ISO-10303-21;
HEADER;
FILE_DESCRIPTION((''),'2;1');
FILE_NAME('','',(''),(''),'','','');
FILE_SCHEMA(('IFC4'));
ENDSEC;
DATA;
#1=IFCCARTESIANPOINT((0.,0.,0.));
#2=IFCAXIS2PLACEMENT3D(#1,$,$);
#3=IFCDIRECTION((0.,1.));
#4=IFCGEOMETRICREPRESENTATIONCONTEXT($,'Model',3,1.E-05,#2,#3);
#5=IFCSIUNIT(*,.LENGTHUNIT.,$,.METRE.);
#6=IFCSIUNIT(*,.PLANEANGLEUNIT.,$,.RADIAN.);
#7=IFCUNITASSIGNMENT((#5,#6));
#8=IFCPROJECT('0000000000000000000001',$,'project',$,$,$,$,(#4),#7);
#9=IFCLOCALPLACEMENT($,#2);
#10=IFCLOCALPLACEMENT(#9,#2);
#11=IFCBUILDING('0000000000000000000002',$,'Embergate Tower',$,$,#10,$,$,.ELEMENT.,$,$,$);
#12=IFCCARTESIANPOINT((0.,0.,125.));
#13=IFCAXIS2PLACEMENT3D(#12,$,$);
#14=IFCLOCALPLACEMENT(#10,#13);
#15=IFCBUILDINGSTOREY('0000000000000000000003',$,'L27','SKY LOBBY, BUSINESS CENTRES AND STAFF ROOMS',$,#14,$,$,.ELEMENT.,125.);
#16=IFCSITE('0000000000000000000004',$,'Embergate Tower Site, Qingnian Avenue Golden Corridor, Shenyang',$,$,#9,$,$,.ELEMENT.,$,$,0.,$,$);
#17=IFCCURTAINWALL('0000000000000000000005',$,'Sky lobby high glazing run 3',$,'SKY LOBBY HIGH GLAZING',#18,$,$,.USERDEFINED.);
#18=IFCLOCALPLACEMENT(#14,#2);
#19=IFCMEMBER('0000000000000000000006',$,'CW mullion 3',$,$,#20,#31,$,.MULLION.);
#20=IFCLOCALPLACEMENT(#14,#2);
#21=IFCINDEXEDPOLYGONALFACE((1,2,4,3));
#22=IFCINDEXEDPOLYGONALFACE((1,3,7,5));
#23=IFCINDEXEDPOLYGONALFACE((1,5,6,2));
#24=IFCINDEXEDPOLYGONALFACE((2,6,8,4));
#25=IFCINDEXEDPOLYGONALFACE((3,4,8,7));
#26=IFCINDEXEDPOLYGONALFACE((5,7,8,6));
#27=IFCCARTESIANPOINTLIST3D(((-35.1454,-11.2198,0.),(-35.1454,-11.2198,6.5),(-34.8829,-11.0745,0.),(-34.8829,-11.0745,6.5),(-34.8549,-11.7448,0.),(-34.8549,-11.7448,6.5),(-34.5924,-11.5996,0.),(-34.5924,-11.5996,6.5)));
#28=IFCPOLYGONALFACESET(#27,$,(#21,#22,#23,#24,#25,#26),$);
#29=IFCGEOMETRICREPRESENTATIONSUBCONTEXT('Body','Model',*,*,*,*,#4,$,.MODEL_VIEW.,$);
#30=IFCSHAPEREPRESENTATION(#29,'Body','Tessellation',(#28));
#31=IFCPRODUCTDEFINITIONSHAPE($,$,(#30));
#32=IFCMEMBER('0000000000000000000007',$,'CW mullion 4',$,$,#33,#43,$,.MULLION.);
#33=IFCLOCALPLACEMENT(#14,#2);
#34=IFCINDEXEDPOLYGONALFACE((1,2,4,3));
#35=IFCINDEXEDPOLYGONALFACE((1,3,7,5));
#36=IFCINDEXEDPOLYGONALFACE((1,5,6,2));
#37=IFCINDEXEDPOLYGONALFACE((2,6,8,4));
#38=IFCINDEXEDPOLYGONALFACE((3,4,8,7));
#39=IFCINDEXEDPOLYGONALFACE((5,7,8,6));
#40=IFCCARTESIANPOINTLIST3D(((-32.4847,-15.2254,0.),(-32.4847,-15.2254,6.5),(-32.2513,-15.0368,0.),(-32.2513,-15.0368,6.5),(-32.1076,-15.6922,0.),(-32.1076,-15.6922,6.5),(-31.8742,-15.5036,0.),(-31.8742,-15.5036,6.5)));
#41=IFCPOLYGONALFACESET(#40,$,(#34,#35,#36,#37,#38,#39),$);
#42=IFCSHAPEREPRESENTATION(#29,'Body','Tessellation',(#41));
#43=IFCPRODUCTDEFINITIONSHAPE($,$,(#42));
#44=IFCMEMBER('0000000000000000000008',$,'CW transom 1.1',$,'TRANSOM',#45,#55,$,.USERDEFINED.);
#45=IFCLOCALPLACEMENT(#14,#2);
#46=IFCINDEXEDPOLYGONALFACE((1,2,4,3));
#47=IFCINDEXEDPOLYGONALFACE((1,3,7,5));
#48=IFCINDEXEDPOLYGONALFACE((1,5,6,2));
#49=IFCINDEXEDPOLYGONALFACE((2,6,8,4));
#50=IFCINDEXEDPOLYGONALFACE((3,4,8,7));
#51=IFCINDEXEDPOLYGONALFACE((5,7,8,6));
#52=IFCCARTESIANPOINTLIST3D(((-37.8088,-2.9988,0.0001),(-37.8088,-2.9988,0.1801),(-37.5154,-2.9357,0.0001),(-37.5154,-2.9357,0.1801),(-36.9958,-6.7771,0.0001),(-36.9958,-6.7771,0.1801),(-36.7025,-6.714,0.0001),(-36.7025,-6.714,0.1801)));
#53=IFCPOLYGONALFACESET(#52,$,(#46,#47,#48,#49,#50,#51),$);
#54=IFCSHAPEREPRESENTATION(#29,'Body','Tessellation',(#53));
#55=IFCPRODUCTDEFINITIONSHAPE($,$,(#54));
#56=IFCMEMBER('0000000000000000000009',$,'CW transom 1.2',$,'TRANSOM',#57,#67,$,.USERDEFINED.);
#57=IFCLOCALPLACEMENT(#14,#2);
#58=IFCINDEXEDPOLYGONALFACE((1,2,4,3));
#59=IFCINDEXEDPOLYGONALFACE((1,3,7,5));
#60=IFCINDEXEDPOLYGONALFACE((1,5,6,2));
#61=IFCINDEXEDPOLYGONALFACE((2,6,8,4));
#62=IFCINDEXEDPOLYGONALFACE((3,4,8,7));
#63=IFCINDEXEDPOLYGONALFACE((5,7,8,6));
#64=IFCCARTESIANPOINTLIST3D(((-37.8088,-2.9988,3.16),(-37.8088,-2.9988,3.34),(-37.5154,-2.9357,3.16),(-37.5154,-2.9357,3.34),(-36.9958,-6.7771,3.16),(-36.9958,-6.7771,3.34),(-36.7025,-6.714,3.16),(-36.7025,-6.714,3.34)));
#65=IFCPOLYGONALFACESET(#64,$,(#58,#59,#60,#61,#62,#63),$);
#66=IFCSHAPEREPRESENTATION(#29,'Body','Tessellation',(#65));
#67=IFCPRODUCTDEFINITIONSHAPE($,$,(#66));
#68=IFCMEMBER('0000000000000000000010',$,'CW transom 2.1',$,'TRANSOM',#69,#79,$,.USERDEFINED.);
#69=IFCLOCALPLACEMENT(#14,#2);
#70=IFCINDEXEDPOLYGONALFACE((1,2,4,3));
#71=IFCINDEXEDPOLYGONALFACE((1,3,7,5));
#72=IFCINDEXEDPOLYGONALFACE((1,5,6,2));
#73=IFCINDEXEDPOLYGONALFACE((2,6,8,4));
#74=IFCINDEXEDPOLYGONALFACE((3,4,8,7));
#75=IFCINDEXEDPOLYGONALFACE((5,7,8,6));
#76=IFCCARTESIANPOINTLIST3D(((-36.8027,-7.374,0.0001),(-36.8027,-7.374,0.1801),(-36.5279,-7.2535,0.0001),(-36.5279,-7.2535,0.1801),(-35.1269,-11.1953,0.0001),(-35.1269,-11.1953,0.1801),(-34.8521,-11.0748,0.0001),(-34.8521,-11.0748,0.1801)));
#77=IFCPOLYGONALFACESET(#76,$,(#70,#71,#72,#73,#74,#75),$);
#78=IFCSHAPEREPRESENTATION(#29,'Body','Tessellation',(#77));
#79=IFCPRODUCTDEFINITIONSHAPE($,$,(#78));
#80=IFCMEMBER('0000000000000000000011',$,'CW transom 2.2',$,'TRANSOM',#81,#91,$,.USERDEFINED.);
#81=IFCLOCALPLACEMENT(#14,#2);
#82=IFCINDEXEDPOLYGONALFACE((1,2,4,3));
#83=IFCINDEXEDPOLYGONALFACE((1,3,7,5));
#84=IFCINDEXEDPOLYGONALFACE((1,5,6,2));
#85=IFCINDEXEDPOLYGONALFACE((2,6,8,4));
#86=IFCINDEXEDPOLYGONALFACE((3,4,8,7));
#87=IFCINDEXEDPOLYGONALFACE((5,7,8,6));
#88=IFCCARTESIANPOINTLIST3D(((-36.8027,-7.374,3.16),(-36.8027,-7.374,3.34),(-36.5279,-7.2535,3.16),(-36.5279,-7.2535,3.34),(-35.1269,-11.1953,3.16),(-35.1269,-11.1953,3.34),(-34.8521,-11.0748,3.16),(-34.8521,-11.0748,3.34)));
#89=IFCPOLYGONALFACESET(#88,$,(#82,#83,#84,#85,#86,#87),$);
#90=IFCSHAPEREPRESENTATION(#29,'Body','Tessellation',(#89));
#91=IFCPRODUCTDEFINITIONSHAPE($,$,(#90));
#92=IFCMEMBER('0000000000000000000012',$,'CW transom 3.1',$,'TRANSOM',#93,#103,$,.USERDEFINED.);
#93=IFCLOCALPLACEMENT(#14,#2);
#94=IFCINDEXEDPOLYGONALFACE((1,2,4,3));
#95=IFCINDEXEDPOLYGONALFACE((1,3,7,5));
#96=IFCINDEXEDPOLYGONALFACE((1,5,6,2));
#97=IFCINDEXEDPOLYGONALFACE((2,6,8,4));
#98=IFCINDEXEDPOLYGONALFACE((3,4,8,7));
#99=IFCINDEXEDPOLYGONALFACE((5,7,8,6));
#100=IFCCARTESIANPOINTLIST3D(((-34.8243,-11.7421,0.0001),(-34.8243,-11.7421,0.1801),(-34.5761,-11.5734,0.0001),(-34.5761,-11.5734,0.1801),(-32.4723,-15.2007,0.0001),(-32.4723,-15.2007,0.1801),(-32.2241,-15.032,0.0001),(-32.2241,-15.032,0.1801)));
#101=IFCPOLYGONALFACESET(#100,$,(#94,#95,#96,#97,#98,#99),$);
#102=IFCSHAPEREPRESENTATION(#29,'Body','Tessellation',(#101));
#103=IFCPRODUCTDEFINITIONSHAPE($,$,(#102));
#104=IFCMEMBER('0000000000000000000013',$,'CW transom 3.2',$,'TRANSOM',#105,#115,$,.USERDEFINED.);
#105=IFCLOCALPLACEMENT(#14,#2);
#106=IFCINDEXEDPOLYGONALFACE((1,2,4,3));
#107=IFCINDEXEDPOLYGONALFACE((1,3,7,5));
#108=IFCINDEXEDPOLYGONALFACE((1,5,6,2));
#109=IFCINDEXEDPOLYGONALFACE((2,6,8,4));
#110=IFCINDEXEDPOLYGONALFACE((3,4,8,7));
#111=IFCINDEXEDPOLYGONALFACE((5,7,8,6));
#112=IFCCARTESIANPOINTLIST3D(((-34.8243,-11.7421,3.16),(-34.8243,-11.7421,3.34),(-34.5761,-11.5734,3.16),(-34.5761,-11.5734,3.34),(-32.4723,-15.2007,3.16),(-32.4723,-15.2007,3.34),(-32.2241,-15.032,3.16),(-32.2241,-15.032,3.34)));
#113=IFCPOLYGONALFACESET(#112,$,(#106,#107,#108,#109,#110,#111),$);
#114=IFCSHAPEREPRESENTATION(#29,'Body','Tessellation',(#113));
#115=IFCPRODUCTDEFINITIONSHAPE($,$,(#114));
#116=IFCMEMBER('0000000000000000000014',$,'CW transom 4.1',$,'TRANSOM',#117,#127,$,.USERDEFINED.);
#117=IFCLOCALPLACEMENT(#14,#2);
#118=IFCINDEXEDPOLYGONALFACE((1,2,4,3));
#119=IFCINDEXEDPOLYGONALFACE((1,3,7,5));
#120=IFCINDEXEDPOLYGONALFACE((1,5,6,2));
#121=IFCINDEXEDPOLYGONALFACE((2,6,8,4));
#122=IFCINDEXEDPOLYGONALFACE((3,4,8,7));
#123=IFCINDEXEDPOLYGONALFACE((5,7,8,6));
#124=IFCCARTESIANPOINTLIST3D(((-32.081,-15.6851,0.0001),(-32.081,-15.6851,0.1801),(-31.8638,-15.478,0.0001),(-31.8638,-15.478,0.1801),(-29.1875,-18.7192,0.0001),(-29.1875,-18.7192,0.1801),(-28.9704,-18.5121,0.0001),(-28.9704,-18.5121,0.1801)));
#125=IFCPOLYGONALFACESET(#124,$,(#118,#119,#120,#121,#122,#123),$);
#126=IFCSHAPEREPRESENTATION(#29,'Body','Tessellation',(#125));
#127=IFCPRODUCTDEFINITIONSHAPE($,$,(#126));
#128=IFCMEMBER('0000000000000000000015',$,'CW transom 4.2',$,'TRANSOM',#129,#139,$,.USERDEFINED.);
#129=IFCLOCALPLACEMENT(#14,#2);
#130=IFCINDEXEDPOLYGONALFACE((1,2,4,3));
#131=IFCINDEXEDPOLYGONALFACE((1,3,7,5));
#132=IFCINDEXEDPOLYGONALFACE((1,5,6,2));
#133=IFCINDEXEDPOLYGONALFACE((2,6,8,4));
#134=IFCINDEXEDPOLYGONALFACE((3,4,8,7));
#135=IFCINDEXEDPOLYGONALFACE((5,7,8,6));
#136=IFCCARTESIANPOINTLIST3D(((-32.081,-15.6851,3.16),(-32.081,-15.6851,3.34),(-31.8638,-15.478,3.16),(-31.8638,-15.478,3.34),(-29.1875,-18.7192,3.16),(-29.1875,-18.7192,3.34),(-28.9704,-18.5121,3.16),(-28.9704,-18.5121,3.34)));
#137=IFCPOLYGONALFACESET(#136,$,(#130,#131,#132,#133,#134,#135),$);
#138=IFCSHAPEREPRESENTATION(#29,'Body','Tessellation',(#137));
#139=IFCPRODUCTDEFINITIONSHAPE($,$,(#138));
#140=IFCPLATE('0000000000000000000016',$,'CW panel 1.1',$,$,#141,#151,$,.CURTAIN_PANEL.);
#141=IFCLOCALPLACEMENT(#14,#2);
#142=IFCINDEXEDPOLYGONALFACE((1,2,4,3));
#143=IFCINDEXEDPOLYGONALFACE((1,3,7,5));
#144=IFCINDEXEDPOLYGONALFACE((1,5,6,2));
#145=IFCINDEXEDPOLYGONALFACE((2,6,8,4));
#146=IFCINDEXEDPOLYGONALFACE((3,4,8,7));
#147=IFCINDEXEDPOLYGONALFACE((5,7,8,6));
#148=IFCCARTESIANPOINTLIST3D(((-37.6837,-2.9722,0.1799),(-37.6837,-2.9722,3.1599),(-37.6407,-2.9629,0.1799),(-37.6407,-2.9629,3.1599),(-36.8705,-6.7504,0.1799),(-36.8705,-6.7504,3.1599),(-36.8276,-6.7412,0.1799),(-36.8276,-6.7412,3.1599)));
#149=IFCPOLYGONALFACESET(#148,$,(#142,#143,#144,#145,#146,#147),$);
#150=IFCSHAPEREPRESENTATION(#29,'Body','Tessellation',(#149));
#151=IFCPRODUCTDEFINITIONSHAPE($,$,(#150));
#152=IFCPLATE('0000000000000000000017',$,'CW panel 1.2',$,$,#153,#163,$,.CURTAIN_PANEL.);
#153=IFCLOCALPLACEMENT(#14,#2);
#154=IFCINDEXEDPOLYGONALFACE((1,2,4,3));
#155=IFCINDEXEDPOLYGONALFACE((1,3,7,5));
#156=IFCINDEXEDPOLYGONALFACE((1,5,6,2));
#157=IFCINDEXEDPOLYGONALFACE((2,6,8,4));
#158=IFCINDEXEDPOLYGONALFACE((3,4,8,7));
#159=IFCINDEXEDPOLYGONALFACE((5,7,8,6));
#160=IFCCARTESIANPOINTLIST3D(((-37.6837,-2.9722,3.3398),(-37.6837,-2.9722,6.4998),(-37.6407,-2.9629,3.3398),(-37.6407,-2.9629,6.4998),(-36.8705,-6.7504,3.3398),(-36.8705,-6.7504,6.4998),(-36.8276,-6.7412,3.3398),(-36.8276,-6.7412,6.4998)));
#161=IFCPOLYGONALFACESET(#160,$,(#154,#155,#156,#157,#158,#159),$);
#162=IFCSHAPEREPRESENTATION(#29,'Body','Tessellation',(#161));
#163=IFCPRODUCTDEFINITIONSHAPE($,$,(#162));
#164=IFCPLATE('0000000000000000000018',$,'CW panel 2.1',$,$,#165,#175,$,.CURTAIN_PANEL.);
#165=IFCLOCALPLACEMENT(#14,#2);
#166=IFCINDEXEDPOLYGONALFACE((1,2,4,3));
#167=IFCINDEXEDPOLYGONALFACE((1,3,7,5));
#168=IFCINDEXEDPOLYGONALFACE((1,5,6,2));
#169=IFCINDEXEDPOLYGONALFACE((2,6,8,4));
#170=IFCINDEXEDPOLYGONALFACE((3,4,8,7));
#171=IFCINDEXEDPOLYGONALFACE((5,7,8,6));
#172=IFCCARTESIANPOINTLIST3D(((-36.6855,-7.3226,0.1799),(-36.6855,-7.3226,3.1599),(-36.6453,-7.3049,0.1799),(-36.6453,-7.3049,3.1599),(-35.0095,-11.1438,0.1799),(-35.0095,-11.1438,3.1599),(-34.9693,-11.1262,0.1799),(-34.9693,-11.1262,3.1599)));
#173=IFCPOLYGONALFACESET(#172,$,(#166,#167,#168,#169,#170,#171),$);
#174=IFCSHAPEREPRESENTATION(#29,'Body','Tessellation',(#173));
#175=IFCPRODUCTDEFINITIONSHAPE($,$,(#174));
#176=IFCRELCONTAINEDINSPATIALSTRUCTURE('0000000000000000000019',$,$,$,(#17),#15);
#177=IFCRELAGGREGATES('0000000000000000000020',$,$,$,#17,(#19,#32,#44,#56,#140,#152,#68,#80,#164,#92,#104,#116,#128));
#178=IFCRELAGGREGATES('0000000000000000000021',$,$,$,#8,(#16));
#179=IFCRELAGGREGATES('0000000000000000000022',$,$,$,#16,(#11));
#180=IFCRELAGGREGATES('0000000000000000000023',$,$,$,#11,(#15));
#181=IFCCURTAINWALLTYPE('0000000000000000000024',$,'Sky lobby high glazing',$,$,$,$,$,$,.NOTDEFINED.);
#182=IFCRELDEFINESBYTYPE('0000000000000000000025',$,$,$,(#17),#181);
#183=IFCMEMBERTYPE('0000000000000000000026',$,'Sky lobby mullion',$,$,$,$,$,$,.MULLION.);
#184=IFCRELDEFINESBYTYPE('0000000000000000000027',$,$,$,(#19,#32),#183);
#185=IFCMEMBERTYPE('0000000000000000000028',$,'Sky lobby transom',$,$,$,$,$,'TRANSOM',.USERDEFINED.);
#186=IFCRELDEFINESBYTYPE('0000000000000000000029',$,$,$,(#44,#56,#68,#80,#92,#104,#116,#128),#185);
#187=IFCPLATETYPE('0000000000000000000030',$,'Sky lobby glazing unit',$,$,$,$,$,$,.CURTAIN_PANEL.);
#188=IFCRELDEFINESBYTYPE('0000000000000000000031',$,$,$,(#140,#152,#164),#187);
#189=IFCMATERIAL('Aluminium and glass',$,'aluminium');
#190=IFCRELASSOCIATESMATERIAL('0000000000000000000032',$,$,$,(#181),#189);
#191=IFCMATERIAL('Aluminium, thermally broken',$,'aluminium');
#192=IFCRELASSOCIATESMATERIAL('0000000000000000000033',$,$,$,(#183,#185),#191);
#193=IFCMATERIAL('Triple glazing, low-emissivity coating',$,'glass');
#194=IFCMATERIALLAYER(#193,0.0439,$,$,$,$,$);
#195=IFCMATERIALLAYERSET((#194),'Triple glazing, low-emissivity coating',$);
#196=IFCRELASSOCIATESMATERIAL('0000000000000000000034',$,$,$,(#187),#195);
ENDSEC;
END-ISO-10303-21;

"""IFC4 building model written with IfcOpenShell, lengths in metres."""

from ifc_helpers import new_model, si_unit, direction, frame, origin, origin_2d, place, context, subcontext, project, spatial, rectangle, extrude, source, transform, mapped, material, layer, layer_set, material_profile, profile_set, type_object, element, aggregate, save


model = new_model("IFC4")

# Units and contexts
model_context = context("Model", 3, precision=1e-05, world=origin(), true_north=direction((0.0, 1.0)))
body_context = subcontext(model_context, "Body", "Model", "MODEL_VIEW")
ifc_project = project(units=[si_unit("LENGTHUNIT", "METRE"), si_unit("PLANEANGLEUNIT", "RADIAN")], contexts=[model_context])

# Site, building, storey
site_placement = place(None, origin())
site = spatial("IfcSite", under=ifc_project, at=site_placement, Name="Embergate Tower Site, Qingnian Avenue Golden Corridor, Shenyang", CompositionType="ELEMENT", RefElevation=0.0)
building_placement = place(site_placement, origin())
building = spatial("IfcBuilding", under=site, at=building_placement, Name="Embergate Tower", CompositionType="ELEMENT")
storey_placement = place(building_placement, frame((0.0, 0.0, 125.0)))
storey = spatial("IfcBuildingStorey", under=building, at=storey_placement, Name="L27", Description="SKY LOBBY, BUSINESS CENTRES AND STAFF ROOMS", CompositionType="ELEMENT", Elevation=125.0)

# Curtain wall, members, plates
ifc_material_1 = material(Name="Aluminium and glass", Category="aluminium")
curtain_wall_type = type_object("IfcCurtainWallType", Name="Sky lobby high glazing", PredefinedType="NOTDEFINED", material=ifc_material_1)
curtain_wall_placement = place(storey_placement, origin())
curtain_wall = element("IfcCurtainWall", 1, at=curtain_wall_placement, inside=storey, type_object=curtain_wall_type, Name="Sky lobby high glazing run 3", ObjectType="SKY LOBBY HIGH GLAZING", PredefinedType="USERDEFINED")
ifc_material_2 = material(Name="Aluminium, thermally broken", Category="aluminium")
ifc_material_profile_1 = material_profile(ifc_material_2, rectangle(XDim=0.3, YDim=0.6001, at=origin_2d()), Name="AL 600x300")
ifc_profile_set_1 = profile_set([ifc_material_profile_1], Name="Aluminium, thermally broken")
member_type_1 = type_object("IfcMemberType", Name="Sky lobby mullion", PredefinedType="MULLION", material=ifc_profile_set_1)
shared_shape_1 = source(origin(), body_context, "Body", "SweptSolid", [
    extrude(rectangle(XDim=0.3, YDim=0.6001, at=origin_2d()), origin(), (0.0, 0.0, 1.0), 6.5),
])
member_1_placement = place(storey_placement, frame((-34.8689, -11.4097, 0.0), z_axis=(0.0, 0.0, 1.0), x_axis=(0.874995, 0.484132, 0.0)))
member_1 = element("IfcMember", 2, at=member_1_placement, type_object=member_type_1, Name="CW mullion 3", PredefinedType="MULLION", context=body_context, shape_type="MappedRepresentation", body=[
    mapped(shared_shape_1, transform((0.0, 0.0, 0.0))),
])
member_2_placement = place(storey_placement, frame((-32.1794, -15.3645, 0.0), z_axis=(0.0, 0.0, 1.0), x_axis=(0.777864, 0.628433, 0.0)))
member_2 = element("IfcMember", 3, at=member_2_placement, type_object=member_type_1, Name="CW mullion 4", PredefinedType="MULLION", context=body_context, shape_type="MappedRepresentation", body=[
    mapped(shared_shape_1, transform((0.0, 0.0, 0.0))),
])
ifc_material_profile_2 = material_profile(ifc_material_2, rectangle(XDim=0.3, YDim=0.1799, at=origin_2d()), Name="AL 180x300")
ifc_profile_set_2 = profile_set([ifc_material_profile_2], Name="Aluminium, thermally broken")
member_type_2 = type_object("IfcMemberType", Name="Sky lobby transom", ElementType="TRANSOM", PredefinedType="USERDEFINED", material=ifc_profile_set_2)
shared_shape_2 = source(origin(), body_context, "Body", "SweptSolid", [
    extrude(rectangle(XDim=0.3, YDim=0.1799, at=origin_2d()), origin(), (0.0, 0.0, 1.0), 3.8647),
])
member_3_placement = place(storey_placement, frame((-37.6621, -2.9673, 0.0901), z_axis=(0.210357, -0.977625, 0.0), x_axis=(0.977625, 0.210357, 0.0)))
member_3 = element("IfcMember", 4, at=member_3_placement, type_object=member_type_2, Name="CW transom 1.1", ObjectType="TRANSOM", PredefinedType="USERDEFINED", context=body_context, shape_type="MappedRepresentation", body=[
    mapped(shared_shape_2, transform((0.0, 0.0, 0.0))),
])
member_4_placement = place(storey_placement, frame((-37.6621, -2.9673, 3.25), z_axis=(0.210357, -0.977625, 0.0), x_axis=(0.977625, 0.210357, 0.0)))
member_4 = element("IfcMember", 5, at=member_4_placement, type_object=member_type_2, Name="CW transom 1.2", ObjectType="TRANSOM", PredefinedType="USERDEFINED", context=body_context, shape_type="MappedRepresentation", body=[
    mapped(shared_shape_2, transform((0.0, 0.0, 0.0))),
])
shared_shape_3 = source(origin(), body_context, "Body", "SweptSolid", [
    extrude(rectangle(XDim=0.3, YDim=0.1799, at=origin_2d()), origin(), (0.0, 0.0, 1.0), 4.1726),
])
member_5_placement = place(storey_placement, frame((-36.6653, -7.3137, 0.0901), z_axis=(0.401617, -0.915808, 0.0), x_axis=(0.915808, 0.401617, 0.0)))
member_5 = element("IfcMember", 6, at=member_5_placement, type_object=member_type_2, Name="CW transom 2.1", ObjectType="TRANSOM", PredefinedType="USERDEFINED", context=body_context, shape_type="MappedRepresentation", body=[
    mapped(shared_shape_3, transform((0.0, 0.0, 0.0))),
])
member_6_placement = place(storey_placement, frame((-36.6653, -7.3137, 3.25), z_axis=(0.401617, -0.915808, 0.0), x_axis=(0.915808, 0.401617, 0.0)))
member_6 = element("IfcMember", 7, at=member_6_placement, type_object=member_type_2, Name="CW transom 2.2", ObjectType="TRANSOM", PredefinedType="USERDEFINED", context=body_context, shape_type="MappedRepresentation", body=[
    mapped(shared_shape_3, transform((0.0, 0.0, 0.0))),
])
shared_shape_4 = source(origin(), body_context, "Body", "SweptSolid", [
    extrude(rectangle(XDim=0.3, YDim=0.1799, at=origin_2d()), origin(), (0.0, 0.0, 1.0), 4.1826),
])
member_7_placement = place(storey_placement, frame((-34.7002, -11.6577, 0.0901), z_axis=(0.562328, -0.826915, 0.0), x_axis=(0.826915, 0.562328, 0.0)))
member_7 = element("IfcMember", 8, at=member_7_placement, type_object=member_type_2, Name="CW transom 3.1", ObjectType="TRANSOM", PredefinedType="USERDEFINED", context=body_context, shape_type="MappedRepresentation", body=[
    mapped(shared_shape_4, transform((0.0, 0.0, 0.0))),
])
member_8_placement = place(storey_placement, frame((-34.7002, -11.6577, 3.25), z_axis=(0.562328, -0.826915, 0.0), x_axis=(0.826915, 0.562328, 0.0)))
member_8 = element("IfcMember", 9, at=member_8_placement, type_object=member_type_2, Name="CW transom 3.2", ObjectType="TRANSOM", PredefinedType="USERDEFINED", context=body_context, shape_type="MappedRepresentation", body=[
    mapped(shared_shape_4, transform((0.0, 0.0, 0.0))),
])
shared_shape_5 = source(origin(), body_context, "Body", "SweptSolid", [
    extrude(rectangle(XDim=0.3, YDim=0.1799, at=origin_2d()), origin(), (0.0, 0.0, 1.0), 4.1926),
])
member_9_placement = place(storey_placement, frame((-31.9724, -15.5815, 0.0901), z_axis=(0.690138, -0.723678, 0.0), x_axis=(0.723678, 0.690138, 0.0)))
member_9 = element("IfcMember", 10, at=member_9_placement, type_object=member_type_2, Name="CW transom 4.1", ObjectType="TRANSOM", PredefinedType="USERDEFINED", context=body_context, shape_type="MappedRepresentation", body=[
    mapped(shared_shape_5, transform((0.0, 0.0, 0.0))),
])
member_10_placement = place(storey_placement, frame((-31.9724, -15.5815, 3.25), z_axis=(0.690138, -0.723678, 0.0), x_axis=(0.723678, 0.690138, 0.0)))
member_10 = element("IfcMember", 11, at=member_10_placement, type_object=member_type_2, Name="CW transom 4.2", ObjectType="TRANSOM", PredefinedType="USERDEFINED", context=body_context, shape_type="MappedRepresentation", body=[
    mapped(shared_shape_5, transform((0.0, 0.0, 0.0))),
])
ifc_material_3 = material(Name="Triple glazing, low-emissivity coating", Category="glass")
ifc_layer_1 = layer(ifc_material_3, 0.0439)
ifc_layer_set_1 = layer_set([ifc_layer_1], Name="Triple glazing, low-emissivity coating")
plate_type = type_object("IfcPlateType", Name="Sky lobby glazing unit", PredefinedType="CURTAIN_PANEL", material=ifc_layer_set_1)
shared_shape_6 = source(origin(), body_context, "Body", "SweptSolid", [
    extrude(rectangle(XDim=3.8647, YDim=0.0439, at=origin_2d()), origin(), (0.0, 0.0, 1.0), 2.98),
])
plate_1_placement = place(storey_placement, frame((-37.2556, -4.8567, 0.1799), z_axis=(0.0, 0.0, 1.0), x_axis=(0.210402, -0.977615, 0.0)))
plate_1 = element("IfcPlate", 12, at=plate_1_placement, type_object=plate_type, Name="CW panel 1.1", PredefinedType="CURTAIN_PANEL", context=body_context, shape_type="MappedRepresentation", body=[
    mapped(shared_shape_6, transform((0.0, 0.0, 0.0))),
])
shared_shape_7 = source(origin(), body_context, "Body", "SweptSolid", [
    extrude(rectangle(XDim=3.8647, YDim=0.0439, at=origin_2d()), origin(), (0.0, 0.0, 1.0), 3.1599),
])
plate_2_placement = place(storey_placement, frame((-37.2556, -4.8567, 3.3398), z_axis=(0.0, 0.0, 1.0), x_axis=(0.210402, -0.977615, 0.0)))
plate_2 = element("IfcPlate", 13, at=plate_2_placement, type_object=plate_type, Name="CW panel 1.2", PredefinedType="CURTAIN_PANEL", context=body_context, shape_type="MappedRepresentation", body=[
    mapped(shared_shape_7, transform((0.0, 0.0, 0.0))),
])
shared_shape_8 = source(origin(), body_context, "Body", "SweptSolid", [
    extrude(rectangle(XDim=4.1726, YDim=0.0439, at=origin_2d()), origin(), (0.0, 0.0, 1.0), 2.98),
])
plate_3_placement = place(storey_placement, frame((-35.8274, -9.2244, 0.1799), z_axis=(0.0, 0.0, 1.0), x_axis=(0.401658, -0.91579, 0.0)))
plate_3 = element("IfcPlate", 14, at=plate_3_placement, type_object=plate_type, Name="CW panel 2.1", PredefinedType="CURTAIN_PANEL", context=body_context, shape_type="MappedRepresentation", body=[
    mapped(shared_shape_8, transform((0.0, 0.0, 0.0))),
])
aggregate(curtain_wall, [member_1, member_2, member_3, member_4, plate_1, plate_2, member_5, member_6, plate_3, member_7, member_8, member_9, member_10])

save(model, "model.ifc")
